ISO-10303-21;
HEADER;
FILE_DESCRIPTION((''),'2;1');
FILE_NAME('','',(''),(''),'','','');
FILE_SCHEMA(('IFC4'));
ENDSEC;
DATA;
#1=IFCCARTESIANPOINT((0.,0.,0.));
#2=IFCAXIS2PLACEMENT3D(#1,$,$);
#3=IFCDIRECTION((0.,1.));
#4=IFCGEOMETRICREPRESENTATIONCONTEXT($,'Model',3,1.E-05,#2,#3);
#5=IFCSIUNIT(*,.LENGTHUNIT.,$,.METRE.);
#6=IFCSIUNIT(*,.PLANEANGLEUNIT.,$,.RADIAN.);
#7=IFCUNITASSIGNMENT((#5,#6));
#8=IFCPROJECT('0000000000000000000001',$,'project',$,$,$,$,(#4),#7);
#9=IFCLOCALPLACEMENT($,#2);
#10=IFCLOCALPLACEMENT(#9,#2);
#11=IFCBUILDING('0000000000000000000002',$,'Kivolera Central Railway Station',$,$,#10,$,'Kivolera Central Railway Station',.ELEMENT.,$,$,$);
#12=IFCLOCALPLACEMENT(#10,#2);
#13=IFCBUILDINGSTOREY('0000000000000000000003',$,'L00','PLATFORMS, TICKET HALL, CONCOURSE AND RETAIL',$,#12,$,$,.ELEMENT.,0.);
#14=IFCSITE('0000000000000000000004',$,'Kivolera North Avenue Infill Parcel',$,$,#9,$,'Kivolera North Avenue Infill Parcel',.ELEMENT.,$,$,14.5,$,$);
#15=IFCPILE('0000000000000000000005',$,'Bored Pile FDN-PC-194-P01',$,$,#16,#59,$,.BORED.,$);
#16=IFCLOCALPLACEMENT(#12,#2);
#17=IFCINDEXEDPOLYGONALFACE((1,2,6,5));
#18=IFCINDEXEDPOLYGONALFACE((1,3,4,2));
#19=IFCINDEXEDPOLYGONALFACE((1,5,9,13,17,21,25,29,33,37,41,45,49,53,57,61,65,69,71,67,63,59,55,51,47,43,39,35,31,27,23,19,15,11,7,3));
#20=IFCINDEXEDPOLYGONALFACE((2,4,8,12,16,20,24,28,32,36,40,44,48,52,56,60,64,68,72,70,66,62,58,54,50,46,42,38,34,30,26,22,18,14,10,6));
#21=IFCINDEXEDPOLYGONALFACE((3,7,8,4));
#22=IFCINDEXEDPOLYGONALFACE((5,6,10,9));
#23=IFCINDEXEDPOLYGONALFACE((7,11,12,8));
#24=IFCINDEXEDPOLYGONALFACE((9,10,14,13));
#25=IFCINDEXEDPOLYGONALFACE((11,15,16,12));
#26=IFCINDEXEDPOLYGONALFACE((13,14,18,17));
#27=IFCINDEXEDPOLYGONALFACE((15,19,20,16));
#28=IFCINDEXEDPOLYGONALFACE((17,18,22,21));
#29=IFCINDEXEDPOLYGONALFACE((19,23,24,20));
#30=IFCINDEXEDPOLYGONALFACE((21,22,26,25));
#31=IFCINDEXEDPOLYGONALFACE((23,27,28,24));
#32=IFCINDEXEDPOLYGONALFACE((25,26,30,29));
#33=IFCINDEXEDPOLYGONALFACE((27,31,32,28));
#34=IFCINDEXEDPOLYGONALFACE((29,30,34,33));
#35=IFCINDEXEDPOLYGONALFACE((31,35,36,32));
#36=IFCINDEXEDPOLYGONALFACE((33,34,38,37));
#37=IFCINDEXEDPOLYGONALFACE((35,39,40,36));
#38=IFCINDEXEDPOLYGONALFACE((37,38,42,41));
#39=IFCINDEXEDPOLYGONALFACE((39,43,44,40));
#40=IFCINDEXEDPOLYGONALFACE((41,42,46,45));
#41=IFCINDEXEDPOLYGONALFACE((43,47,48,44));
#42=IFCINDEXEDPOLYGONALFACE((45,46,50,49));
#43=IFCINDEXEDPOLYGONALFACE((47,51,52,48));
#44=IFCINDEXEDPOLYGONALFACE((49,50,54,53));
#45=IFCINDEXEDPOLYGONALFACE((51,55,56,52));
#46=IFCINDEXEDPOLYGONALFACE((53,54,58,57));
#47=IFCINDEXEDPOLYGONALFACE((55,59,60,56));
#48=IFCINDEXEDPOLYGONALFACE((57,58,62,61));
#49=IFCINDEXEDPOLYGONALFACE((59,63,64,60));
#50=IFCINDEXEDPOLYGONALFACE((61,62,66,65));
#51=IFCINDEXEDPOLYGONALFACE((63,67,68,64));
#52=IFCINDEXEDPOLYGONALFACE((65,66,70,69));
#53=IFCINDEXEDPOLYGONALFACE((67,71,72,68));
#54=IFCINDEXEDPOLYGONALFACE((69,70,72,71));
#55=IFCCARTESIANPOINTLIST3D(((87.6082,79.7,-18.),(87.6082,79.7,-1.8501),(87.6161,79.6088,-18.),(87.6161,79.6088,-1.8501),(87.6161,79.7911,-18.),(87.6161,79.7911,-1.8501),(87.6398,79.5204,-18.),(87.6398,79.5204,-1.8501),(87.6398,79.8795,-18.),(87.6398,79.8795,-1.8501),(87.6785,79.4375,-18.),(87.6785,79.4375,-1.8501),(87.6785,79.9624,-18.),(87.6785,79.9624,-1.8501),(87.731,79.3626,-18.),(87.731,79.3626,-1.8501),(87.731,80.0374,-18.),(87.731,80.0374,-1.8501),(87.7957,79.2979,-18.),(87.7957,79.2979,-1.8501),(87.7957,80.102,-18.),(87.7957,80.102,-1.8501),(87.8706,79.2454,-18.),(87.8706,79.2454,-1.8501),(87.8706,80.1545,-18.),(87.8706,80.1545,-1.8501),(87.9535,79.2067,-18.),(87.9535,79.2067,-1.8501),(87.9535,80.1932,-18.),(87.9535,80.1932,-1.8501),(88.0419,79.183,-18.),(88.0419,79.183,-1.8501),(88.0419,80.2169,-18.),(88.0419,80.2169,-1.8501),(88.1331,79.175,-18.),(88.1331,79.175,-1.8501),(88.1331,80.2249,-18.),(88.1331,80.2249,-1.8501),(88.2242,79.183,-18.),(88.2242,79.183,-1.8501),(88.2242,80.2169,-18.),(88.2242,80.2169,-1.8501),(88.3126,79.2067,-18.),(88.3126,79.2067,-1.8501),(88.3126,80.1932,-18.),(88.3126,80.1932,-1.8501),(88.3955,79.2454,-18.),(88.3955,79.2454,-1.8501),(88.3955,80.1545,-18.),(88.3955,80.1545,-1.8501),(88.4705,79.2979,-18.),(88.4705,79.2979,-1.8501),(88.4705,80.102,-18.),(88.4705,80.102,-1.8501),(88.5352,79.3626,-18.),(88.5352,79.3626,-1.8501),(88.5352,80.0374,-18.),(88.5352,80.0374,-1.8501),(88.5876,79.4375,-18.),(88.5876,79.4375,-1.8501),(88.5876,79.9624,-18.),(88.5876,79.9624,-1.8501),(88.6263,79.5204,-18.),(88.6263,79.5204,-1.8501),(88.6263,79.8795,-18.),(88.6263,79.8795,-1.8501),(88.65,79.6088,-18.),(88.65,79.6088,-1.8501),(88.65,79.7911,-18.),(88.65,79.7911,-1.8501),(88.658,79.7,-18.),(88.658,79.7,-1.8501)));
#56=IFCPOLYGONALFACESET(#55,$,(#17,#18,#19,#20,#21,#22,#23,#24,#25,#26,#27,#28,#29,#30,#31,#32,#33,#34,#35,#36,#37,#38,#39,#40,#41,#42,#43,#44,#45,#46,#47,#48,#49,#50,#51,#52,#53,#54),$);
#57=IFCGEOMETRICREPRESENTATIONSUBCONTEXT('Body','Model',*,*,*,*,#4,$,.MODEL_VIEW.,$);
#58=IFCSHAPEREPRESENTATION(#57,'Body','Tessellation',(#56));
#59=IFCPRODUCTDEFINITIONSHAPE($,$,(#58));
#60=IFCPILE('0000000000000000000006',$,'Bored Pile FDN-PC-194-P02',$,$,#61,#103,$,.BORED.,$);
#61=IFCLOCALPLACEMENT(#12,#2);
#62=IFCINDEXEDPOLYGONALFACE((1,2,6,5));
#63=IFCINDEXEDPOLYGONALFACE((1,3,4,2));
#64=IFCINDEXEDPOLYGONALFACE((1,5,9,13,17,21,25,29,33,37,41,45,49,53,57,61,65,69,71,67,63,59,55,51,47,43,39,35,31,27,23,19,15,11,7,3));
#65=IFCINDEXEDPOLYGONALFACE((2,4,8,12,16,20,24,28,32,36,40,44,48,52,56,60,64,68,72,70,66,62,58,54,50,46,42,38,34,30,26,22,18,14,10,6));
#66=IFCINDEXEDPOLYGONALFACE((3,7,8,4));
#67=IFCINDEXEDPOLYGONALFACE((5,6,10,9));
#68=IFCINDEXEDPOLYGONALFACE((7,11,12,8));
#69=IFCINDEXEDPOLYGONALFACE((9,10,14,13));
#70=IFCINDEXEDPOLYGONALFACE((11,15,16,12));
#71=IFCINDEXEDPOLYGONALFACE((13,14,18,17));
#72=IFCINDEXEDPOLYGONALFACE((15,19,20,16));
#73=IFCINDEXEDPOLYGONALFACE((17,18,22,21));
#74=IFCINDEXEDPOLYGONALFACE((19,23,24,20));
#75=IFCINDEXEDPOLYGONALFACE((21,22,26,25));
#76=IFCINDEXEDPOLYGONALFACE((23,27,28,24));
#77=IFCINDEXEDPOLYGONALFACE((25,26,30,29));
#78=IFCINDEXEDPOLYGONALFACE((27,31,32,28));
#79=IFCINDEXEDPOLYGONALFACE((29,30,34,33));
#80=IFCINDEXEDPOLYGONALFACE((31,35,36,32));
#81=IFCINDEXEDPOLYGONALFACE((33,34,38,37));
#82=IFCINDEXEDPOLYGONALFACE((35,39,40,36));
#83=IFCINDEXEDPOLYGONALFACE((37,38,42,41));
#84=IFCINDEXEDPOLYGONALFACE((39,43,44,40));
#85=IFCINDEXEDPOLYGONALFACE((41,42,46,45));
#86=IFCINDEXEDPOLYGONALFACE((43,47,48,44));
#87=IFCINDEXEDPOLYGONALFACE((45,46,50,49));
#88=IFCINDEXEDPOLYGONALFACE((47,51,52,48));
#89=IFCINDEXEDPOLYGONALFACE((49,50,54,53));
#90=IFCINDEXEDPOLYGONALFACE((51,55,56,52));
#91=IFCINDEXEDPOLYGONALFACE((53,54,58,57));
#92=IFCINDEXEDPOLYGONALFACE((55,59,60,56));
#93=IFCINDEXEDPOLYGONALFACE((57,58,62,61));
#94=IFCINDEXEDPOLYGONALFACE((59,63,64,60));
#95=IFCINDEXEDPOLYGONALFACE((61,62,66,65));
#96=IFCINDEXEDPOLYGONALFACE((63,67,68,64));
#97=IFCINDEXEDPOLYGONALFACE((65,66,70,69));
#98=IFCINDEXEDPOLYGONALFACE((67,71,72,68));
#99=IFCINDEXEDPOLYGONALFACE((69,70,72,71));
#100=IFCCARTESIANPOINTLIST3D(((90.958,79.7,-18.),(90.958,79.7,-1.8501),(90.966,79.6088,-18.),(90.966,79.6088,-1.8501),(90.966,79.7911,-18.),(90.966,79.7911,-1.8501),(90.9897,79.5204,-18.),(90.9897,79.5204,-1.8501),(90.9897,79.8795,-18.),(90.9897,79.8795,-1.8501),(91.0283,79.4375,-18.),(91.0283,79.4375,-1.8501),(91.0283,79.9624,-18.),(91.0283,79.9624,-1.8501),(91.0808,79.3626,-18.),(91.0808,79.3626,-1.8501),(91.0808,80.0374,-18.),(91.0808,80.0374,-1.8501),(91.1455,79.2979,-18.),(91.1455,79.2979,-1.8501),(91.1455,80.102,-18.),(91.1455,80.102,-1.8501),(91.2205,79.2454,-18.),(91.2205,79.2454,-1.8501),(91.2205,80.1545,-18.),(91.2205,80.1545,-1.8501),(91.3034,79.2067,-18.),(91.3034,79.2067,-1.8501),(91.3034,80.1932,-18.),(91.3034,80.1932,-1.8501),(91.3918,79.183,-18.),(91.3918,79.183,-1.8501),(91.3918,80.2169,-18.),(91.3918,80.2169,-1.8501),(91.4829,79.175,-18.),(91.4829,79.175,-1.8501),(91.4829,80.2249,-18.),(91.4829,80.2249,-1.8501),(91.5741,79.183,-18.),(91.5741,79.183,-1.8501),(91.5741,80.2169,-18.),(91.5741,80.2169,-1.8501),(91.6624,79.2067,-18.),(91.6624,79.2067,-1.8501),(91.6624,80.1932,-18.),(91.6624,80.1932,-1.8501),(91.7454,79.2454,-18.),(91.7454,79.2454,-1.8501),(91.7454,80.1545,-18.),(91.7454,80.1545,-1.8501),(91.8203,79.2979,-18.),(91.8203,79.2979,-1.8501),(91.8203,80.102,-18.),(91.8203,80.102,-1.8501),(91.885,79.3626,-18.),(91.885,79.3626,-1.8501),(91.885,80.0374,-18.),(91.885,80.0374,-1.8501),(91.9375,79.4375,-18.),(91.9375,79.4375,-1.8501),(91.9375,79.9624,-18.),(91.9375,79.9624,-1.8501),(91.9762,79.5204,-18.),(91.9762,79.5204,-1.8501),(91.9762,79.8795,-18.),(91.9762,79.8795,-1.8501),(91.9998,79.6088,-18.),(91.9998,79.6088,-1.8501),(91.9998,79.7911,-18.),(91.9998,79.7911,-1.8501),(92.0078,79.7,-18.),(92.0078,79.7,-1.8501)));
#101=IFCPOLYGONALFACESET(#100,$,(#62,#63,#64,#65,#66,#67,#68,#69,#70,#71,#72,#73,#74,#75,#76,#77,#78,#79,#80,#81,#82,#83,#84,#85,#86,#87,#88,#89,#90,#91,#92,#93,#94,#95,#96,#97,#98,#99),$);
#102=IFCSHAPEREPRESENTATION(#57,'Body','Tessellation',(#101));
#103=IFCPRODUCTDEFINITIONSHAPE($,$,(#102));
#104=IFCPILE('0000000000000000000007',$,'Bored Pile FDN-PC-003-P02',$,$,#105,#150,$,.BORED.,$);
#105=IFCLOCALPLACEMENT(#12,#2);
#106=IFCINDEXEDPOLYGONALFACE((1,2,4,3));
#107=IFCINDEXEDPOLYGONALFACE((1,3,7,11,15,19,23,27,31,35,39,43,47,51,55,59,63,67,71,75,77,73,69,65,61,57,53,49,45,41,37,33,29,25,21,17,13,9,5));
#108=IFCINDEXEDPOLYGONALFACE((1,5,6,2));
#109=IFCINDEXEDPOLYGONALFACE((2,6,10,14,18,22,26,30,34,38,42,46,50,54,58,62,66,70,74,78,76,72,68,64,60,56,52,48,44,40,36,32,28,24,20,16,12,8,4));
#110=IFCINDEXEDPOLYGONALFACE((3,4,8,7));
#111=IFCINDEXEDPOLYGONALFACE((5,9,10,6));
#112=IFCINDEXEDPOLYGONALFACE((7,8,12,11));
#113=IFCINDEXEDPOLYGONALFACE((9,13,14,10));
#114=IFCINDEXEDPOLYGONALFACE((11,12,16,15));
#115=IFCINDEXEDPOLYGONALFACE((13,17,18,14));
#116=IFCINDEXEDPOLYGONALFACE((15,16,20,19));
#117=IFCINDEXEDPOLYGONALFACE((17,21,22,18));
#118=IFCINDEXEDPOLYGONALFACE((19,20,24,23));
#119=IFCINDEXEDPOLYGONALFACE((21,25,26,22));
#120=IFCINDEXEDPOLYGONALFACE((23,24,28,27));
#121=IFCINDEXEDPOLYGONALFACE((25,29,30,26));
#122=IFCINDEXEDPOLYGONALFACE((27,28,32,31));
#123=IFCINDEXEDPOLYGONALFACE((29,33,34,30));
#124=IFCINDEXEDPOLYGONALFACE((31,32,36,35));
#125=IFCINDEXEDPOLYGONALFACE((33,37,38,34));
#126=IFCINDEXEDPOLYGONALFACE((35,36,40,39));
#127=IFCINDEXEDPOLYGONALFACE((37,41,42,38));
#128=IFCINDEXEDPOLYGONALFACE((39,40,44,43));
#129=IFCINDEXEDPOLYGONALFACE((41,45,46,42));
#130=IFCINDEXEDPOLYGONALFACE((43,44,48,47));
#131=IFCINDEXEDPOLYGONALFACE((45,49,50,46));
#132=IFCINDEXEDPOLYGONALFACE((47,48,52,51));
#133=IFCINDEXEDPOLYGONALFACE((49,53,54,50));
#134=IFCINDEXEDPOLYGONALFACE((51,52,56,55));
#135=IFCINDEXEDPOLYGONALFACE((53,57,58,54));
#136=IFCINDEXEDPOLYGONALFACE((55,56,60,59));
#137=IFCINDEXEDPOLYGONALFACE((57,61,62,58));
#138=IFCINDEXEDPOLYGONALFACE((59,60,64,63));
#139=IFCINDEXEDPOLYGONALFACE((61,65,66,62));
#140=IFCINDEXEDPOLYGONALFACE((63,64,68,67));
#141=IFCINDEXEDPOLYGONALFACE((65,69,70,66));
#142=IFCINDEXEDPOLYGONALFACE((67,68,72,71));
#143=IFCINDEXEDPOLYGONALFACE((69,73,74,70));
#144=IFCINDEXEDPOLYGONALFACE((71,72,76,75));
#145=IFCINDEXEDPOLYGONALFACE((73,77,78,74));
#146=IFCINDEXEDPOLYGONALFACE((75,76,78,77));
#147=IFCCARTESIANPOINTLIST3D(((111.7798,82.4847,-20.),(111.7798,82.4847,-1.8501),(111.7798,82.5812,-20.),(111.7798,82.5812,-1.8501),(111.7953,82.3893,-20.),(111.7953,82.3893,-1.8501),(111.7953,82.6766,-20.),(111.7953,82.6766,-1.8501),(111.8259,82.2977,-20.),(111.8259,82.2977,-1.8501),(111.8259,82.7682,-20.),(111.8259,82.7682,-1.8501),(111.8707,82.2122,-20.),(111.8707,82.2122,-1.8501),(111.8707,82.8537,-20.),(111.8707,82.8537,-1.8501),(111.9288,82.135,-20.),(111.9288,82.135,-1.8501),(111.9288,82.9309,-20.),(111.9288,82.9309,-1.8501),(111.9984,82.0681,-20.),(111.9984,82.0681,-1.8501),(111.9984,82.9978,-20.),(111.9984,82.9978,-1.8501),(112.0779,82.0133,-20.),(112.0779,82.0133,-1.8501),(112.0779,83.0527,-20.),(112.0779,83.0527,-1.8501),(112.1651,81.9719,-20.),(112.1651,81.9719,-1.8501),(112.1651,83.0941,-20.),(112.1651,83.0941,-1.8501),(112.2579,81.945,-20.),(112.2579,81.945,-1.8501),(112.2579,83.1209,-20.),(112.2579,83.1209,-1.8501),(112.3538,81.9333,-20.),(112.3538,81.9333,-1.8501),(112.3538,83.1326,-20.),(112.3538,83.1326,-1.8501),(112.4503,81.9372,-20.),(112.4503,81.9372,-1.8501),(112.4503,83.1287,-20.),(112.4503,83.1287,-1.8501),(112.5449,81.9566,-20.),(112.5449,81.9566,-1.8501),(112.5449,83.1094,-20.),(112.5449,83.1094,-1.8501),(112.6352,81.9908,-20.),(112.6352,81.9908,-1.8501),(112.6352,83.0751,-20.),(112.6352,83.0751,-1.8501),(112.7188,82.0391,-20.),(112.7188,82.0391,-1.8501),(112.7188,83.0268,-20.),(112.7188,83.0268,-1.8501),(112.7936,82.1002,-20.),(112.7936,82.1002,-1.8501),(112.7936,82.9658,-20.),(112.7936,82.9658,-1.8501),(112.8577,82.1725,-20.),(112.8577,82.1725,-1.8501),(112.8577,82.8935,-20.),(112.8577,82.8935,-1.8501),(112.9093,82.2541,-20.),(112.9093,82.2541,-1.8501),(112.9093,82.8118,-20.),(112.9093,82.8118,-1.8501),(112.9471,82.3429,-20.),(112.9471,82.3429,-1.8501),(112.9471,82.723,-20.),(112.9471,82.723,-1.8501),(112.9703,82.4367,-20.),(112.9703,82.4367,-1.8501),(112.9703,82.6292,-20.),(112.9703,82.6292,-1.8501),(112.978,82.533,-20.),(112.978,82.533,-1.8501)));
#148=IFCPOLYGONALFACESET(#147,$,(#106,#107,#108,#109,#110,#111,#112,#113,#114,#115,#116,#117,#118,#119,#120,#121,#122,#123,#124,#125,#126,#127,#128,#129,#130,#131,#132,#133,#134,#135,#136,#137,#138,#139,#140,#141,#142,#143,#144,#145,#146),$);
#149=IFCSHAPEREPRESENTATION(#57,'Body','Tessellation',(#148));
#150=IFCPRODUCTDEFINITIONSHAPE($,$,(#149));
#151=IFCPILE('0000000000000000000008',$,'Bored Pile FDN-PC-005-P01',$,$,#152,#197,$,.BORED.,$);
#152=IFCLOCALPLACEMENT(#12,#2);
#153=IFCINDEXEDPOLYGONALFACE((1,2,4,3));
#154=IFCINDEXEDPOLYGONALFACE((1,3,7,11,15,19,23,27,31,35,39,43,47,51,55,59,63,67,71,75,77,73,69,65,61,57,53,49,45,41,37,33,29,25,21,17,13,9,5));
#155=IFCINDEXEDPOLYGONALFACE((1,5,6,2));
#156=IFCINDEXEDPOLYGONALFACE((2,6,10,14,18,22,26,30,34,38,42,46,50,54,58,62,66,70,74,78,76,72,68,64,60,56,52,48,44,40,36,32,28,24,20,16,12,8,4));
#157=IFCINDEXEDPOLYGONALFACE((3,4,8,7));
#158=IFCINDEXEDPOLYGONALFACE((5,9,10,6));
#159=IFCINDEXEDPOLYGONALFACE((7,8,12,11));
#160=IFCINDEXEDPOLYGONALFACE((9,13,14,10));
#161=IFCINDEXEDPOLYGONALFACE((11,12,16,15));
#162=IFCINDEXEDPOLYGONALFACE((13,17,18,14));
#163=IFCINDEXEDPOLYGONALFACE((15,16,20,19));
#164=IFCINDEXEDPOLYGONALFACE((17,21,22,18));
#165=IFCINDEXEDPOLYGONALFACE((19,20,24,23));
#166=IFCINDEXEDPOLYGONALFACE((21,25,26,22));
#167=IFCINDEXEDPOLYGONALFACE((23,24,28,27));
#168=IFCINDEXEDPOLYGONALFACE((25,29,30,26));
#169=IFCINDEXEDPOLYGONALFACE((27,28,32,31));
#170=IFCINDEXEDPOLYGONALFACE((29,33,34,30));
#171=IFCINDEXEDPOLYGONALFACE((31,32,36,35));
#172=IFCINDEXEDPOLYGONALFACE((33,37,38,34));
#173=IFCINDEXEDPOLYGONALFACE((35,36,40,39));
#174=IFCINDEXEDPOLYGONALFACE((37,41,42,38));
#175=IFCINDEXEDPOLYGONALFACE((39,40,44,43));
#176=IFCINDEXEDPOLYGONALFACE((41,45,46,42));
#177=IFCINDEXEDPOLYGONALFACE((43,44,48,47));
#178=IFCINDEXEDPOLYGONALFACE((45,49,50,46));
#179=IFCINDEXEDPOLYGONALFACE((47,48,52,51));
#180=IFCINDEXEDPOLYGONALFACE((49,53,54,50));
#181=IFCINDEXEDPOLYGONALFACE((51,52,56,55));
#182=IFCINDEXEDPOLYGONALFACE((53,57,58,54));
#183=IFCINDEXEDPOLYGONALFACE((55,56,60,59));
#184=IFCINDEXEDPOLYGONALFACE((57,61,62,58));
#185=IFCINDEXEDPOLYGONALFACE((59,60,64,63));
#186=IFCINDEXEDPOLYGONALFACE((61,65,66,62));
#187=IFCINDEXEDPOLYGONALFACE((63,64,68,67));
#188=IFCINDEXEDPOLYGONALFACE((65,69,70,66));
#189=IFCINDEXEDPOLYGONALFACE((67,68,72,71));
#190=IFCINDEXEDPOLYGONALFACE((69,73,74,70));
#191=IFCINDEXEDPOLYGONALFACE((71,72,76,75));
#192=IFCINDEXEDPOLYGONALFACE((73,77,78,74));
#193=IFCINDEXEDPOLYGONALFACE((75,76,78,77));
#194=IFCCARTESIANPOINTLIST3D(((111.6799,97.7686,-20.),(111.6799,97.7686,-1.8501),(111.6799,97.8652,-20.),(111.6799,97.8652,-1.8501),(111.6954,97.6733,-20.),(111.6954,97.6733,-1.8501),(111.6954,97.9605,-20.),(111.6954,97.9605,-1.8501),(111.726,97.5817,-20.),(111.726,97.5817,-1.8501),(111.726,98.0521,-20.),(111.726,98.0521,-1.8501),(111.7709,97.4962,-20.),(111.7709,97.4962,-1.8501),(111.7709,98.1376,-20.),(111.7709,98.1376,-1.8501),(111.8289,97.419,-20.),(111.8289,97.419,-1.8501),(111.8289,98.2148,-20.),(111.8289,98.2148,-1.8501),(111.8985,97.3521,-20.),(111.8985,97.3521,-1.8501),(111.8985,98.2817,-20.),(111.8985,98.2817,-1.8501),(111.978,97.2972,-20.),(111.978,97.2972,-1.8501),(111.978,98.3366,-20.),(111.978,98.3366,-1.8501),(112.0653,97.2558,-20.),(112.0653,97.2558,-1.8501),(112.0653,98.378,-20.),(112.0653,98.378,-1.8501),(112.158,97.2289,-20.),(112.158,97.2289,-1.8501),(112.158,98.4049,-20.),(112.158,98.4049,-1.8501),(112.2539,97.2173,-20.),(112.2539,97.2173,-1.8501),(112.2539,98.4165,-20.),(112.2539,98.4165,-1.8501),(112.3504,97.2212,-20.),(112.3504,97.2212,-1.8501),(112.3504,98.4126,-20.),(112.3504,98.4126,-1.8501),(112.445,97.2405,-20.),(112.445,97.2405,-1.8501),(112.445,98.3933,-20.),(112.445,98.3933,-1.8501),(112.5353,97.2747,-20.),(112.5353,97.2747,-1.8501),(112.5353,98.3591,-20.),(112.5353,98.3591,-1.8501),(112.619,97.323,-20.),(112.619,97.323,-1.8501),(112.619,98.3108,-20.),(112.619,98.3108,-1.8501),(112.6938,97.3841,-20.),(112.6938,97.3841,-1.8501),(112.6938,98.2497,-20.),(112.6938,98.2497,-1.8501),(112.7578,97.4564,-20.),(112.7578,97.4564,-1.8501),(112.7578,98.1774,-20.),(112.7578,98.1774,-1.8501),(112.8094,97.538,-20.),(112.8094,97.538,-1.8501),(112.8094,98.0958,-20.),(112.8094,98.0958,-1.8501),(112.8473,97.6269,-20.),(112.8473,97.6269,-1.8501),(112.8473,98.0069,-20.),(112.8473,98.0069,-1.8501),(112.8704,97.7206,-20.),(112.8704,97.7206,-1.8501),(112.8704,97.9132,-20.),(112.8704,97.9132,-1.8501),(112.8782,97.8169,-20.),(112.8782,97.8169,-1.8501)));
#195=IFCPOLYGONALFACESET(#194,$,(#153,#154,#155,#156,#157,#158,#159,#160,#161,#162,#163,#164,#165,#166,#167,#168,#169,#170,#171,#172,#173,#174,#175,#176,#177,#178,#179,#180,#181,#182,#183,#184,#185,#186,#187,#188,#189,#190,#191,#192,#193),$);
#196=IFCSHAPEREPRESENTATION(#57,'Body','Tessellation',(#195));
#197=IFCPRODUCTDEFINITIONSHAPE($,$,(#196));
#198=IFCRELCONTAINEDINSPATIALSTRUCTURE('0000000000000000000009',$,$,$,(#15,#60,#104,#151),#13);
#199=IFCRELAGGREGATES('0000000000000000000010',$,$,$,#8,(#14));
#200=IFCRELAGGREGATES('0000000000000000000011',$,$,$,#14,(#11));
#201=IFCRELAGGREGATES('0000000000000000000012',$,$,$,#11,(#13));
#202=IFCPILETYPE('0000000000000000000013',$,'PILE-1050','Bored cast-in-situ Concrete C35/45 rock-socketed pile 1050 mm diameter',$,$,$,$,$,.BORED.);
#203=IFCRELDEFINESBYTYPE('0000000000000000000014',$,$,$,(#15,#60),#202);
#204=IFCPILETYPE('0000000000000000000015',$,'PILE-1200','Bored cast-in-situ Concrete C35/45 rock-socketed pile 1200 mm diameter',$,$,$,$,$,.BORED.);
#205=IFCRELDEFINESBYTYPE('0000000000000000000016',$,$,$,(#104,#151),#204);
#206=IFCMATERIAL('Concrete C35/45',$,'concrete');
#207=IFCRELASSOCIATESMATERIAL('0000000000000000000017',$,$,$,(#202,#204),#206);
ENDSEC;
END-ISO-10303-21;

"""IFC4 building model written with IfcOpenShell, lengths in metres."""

from ifc_helpers import new_model, si_unit, direction, frame, origin, origin_2d, place, context, subcontext, project, spatial, circle, extrude, material, material_profile, profile_set, type_object, element, save


model = new_model("IFC4")

# Units and contexts
model_context = context("Model", 3, precision=1e-05, world=origin(), true_north=direction((0.0, 1.0)))
body_context = subcontext(model_context, "Body", "Model", "MODEL_VIEW")
ifc_project = project(units=[si_unit("LENGTHUNIT", "METRE"), si_unit("PLANEANGLEUNIT", "RADIAN")], contexts=[model_context])

# Site, building, storey
site_placement = place(None, origin())
site = spatial("IfcSite", under=ifc_project, at=site_placement, Name="Kivolera North Avenue Infill Parcel", LongName="Kivolera North Avenue Infill Parcel", CompositionType="ELEMENT", RefElevation=14.5)
building_placement = place(site_placement, origin())
building = spatial("IfcBuilding", under=site, at=building_placement, Name="Kivolera Central Railway Station", LongName="Kivolera Central Railway Station", CompositionType="ELEMENT")
storey_placement = place(building_placement, origin())
storey = spatial("IfcBuildingStorey", under=building, at=storey_placement, Name="L00", Description="PLATFORMS, TICKET HALL, CONCOURSE AND RETAIL", CompositionType="ELEMENT", Elevation=0.0)

# Shared definitions
ifc_material_1 = material(Name="Concrete C35/45", Category="concrete")

# Piles
ifc_material_profile_1 = material_profile(ifc_material_1, circle(Radius=0.5249, at=origin_2d()), Name="PILE D1050")
ifc_profile_set_1 = profile_set([ifc_material_profile_1], Name="Concrete C35/45")
pile_type_1 = type_object("IfcPileType", Name="PILE-1050", Description="Bored cast-in-situ Concrete C35/45 rock-socketed pile 1050 mm diameter", PredefinedType="BORED", material=ifc_profile_set_1)
for number, where, z_axis, x_axis, name in (
    (1, (88.1331, 79.7, -1.8501), (0.0, 0.0, -1.0), (1.0, 0.0, 0.0), "Bored Pile FDN-PC-194-P01"),
    (2, (91.4829, 79.7, -1.8501), (0.0, 0.0, -1.0), (1.0, 0.0, 0.0), "Bored Pile FDN-PC-194-P02"),
):
    element("IfcPile", number, at=place(storey_placement, frame(where, z_axis=z_axis, x_axis=x_axis)), inside=storey, type_object=pile_type_1, Name=name, PredefinedType="BORED", context=body_context, shape_type="SweptSolid", body=[
        extrude(circle(Radius=0.5249, at=origin_2d()), origin(), (0.0, 0.0, 1.0), 16.1499),
    ])
ifc_material_profile_2 = material_profile(ifc_material_1, circle(Radius=0.6001, at=origin_2d()), Name="PILE D1200")
ifc_profile_set_2 = profile_set([ifc_material_profile_2], Name="Concrete C35/45")
pile_type_2 = type_object("IfcPileType", Name="PILE-1200", Description="Bored cast-in-situ Concrete C35/45 rock-socketed pile 1200 mm diameter", PredefinedType="BORED", material=ifc_profile_set_2)
for number, where, z_axis, x_axis, name in (
    (3, (112.3779, 82.533, -1.8501), (0.0, 0.0, -1.0), (1.0, 0.0, 0.0), "Bored Pile FDN-PC-003-P02"),
    (4, (112.2781, 97.8169, -1.8501), (0.0, 0.0, -1.0), (1.0, 0.0, 0.0), "Bored Pile FDN-PC-005-P01"),
):
    element("IfcPile", number, at=place(storey_placement, frame(where, z_axis=z_axis, x_axis=x_axis)), inside=storey, type_object=pile_type_2, Name=name, PredefinedType="BORED", context=body_context, shape_type="SweptSolid", body=[
        extrude(circle(Radius=0.6001, at=origin_2d()), origin(), (0.0, 0.0, 1.0), 18.1499),
    ])

save(model, "model.ifc")
